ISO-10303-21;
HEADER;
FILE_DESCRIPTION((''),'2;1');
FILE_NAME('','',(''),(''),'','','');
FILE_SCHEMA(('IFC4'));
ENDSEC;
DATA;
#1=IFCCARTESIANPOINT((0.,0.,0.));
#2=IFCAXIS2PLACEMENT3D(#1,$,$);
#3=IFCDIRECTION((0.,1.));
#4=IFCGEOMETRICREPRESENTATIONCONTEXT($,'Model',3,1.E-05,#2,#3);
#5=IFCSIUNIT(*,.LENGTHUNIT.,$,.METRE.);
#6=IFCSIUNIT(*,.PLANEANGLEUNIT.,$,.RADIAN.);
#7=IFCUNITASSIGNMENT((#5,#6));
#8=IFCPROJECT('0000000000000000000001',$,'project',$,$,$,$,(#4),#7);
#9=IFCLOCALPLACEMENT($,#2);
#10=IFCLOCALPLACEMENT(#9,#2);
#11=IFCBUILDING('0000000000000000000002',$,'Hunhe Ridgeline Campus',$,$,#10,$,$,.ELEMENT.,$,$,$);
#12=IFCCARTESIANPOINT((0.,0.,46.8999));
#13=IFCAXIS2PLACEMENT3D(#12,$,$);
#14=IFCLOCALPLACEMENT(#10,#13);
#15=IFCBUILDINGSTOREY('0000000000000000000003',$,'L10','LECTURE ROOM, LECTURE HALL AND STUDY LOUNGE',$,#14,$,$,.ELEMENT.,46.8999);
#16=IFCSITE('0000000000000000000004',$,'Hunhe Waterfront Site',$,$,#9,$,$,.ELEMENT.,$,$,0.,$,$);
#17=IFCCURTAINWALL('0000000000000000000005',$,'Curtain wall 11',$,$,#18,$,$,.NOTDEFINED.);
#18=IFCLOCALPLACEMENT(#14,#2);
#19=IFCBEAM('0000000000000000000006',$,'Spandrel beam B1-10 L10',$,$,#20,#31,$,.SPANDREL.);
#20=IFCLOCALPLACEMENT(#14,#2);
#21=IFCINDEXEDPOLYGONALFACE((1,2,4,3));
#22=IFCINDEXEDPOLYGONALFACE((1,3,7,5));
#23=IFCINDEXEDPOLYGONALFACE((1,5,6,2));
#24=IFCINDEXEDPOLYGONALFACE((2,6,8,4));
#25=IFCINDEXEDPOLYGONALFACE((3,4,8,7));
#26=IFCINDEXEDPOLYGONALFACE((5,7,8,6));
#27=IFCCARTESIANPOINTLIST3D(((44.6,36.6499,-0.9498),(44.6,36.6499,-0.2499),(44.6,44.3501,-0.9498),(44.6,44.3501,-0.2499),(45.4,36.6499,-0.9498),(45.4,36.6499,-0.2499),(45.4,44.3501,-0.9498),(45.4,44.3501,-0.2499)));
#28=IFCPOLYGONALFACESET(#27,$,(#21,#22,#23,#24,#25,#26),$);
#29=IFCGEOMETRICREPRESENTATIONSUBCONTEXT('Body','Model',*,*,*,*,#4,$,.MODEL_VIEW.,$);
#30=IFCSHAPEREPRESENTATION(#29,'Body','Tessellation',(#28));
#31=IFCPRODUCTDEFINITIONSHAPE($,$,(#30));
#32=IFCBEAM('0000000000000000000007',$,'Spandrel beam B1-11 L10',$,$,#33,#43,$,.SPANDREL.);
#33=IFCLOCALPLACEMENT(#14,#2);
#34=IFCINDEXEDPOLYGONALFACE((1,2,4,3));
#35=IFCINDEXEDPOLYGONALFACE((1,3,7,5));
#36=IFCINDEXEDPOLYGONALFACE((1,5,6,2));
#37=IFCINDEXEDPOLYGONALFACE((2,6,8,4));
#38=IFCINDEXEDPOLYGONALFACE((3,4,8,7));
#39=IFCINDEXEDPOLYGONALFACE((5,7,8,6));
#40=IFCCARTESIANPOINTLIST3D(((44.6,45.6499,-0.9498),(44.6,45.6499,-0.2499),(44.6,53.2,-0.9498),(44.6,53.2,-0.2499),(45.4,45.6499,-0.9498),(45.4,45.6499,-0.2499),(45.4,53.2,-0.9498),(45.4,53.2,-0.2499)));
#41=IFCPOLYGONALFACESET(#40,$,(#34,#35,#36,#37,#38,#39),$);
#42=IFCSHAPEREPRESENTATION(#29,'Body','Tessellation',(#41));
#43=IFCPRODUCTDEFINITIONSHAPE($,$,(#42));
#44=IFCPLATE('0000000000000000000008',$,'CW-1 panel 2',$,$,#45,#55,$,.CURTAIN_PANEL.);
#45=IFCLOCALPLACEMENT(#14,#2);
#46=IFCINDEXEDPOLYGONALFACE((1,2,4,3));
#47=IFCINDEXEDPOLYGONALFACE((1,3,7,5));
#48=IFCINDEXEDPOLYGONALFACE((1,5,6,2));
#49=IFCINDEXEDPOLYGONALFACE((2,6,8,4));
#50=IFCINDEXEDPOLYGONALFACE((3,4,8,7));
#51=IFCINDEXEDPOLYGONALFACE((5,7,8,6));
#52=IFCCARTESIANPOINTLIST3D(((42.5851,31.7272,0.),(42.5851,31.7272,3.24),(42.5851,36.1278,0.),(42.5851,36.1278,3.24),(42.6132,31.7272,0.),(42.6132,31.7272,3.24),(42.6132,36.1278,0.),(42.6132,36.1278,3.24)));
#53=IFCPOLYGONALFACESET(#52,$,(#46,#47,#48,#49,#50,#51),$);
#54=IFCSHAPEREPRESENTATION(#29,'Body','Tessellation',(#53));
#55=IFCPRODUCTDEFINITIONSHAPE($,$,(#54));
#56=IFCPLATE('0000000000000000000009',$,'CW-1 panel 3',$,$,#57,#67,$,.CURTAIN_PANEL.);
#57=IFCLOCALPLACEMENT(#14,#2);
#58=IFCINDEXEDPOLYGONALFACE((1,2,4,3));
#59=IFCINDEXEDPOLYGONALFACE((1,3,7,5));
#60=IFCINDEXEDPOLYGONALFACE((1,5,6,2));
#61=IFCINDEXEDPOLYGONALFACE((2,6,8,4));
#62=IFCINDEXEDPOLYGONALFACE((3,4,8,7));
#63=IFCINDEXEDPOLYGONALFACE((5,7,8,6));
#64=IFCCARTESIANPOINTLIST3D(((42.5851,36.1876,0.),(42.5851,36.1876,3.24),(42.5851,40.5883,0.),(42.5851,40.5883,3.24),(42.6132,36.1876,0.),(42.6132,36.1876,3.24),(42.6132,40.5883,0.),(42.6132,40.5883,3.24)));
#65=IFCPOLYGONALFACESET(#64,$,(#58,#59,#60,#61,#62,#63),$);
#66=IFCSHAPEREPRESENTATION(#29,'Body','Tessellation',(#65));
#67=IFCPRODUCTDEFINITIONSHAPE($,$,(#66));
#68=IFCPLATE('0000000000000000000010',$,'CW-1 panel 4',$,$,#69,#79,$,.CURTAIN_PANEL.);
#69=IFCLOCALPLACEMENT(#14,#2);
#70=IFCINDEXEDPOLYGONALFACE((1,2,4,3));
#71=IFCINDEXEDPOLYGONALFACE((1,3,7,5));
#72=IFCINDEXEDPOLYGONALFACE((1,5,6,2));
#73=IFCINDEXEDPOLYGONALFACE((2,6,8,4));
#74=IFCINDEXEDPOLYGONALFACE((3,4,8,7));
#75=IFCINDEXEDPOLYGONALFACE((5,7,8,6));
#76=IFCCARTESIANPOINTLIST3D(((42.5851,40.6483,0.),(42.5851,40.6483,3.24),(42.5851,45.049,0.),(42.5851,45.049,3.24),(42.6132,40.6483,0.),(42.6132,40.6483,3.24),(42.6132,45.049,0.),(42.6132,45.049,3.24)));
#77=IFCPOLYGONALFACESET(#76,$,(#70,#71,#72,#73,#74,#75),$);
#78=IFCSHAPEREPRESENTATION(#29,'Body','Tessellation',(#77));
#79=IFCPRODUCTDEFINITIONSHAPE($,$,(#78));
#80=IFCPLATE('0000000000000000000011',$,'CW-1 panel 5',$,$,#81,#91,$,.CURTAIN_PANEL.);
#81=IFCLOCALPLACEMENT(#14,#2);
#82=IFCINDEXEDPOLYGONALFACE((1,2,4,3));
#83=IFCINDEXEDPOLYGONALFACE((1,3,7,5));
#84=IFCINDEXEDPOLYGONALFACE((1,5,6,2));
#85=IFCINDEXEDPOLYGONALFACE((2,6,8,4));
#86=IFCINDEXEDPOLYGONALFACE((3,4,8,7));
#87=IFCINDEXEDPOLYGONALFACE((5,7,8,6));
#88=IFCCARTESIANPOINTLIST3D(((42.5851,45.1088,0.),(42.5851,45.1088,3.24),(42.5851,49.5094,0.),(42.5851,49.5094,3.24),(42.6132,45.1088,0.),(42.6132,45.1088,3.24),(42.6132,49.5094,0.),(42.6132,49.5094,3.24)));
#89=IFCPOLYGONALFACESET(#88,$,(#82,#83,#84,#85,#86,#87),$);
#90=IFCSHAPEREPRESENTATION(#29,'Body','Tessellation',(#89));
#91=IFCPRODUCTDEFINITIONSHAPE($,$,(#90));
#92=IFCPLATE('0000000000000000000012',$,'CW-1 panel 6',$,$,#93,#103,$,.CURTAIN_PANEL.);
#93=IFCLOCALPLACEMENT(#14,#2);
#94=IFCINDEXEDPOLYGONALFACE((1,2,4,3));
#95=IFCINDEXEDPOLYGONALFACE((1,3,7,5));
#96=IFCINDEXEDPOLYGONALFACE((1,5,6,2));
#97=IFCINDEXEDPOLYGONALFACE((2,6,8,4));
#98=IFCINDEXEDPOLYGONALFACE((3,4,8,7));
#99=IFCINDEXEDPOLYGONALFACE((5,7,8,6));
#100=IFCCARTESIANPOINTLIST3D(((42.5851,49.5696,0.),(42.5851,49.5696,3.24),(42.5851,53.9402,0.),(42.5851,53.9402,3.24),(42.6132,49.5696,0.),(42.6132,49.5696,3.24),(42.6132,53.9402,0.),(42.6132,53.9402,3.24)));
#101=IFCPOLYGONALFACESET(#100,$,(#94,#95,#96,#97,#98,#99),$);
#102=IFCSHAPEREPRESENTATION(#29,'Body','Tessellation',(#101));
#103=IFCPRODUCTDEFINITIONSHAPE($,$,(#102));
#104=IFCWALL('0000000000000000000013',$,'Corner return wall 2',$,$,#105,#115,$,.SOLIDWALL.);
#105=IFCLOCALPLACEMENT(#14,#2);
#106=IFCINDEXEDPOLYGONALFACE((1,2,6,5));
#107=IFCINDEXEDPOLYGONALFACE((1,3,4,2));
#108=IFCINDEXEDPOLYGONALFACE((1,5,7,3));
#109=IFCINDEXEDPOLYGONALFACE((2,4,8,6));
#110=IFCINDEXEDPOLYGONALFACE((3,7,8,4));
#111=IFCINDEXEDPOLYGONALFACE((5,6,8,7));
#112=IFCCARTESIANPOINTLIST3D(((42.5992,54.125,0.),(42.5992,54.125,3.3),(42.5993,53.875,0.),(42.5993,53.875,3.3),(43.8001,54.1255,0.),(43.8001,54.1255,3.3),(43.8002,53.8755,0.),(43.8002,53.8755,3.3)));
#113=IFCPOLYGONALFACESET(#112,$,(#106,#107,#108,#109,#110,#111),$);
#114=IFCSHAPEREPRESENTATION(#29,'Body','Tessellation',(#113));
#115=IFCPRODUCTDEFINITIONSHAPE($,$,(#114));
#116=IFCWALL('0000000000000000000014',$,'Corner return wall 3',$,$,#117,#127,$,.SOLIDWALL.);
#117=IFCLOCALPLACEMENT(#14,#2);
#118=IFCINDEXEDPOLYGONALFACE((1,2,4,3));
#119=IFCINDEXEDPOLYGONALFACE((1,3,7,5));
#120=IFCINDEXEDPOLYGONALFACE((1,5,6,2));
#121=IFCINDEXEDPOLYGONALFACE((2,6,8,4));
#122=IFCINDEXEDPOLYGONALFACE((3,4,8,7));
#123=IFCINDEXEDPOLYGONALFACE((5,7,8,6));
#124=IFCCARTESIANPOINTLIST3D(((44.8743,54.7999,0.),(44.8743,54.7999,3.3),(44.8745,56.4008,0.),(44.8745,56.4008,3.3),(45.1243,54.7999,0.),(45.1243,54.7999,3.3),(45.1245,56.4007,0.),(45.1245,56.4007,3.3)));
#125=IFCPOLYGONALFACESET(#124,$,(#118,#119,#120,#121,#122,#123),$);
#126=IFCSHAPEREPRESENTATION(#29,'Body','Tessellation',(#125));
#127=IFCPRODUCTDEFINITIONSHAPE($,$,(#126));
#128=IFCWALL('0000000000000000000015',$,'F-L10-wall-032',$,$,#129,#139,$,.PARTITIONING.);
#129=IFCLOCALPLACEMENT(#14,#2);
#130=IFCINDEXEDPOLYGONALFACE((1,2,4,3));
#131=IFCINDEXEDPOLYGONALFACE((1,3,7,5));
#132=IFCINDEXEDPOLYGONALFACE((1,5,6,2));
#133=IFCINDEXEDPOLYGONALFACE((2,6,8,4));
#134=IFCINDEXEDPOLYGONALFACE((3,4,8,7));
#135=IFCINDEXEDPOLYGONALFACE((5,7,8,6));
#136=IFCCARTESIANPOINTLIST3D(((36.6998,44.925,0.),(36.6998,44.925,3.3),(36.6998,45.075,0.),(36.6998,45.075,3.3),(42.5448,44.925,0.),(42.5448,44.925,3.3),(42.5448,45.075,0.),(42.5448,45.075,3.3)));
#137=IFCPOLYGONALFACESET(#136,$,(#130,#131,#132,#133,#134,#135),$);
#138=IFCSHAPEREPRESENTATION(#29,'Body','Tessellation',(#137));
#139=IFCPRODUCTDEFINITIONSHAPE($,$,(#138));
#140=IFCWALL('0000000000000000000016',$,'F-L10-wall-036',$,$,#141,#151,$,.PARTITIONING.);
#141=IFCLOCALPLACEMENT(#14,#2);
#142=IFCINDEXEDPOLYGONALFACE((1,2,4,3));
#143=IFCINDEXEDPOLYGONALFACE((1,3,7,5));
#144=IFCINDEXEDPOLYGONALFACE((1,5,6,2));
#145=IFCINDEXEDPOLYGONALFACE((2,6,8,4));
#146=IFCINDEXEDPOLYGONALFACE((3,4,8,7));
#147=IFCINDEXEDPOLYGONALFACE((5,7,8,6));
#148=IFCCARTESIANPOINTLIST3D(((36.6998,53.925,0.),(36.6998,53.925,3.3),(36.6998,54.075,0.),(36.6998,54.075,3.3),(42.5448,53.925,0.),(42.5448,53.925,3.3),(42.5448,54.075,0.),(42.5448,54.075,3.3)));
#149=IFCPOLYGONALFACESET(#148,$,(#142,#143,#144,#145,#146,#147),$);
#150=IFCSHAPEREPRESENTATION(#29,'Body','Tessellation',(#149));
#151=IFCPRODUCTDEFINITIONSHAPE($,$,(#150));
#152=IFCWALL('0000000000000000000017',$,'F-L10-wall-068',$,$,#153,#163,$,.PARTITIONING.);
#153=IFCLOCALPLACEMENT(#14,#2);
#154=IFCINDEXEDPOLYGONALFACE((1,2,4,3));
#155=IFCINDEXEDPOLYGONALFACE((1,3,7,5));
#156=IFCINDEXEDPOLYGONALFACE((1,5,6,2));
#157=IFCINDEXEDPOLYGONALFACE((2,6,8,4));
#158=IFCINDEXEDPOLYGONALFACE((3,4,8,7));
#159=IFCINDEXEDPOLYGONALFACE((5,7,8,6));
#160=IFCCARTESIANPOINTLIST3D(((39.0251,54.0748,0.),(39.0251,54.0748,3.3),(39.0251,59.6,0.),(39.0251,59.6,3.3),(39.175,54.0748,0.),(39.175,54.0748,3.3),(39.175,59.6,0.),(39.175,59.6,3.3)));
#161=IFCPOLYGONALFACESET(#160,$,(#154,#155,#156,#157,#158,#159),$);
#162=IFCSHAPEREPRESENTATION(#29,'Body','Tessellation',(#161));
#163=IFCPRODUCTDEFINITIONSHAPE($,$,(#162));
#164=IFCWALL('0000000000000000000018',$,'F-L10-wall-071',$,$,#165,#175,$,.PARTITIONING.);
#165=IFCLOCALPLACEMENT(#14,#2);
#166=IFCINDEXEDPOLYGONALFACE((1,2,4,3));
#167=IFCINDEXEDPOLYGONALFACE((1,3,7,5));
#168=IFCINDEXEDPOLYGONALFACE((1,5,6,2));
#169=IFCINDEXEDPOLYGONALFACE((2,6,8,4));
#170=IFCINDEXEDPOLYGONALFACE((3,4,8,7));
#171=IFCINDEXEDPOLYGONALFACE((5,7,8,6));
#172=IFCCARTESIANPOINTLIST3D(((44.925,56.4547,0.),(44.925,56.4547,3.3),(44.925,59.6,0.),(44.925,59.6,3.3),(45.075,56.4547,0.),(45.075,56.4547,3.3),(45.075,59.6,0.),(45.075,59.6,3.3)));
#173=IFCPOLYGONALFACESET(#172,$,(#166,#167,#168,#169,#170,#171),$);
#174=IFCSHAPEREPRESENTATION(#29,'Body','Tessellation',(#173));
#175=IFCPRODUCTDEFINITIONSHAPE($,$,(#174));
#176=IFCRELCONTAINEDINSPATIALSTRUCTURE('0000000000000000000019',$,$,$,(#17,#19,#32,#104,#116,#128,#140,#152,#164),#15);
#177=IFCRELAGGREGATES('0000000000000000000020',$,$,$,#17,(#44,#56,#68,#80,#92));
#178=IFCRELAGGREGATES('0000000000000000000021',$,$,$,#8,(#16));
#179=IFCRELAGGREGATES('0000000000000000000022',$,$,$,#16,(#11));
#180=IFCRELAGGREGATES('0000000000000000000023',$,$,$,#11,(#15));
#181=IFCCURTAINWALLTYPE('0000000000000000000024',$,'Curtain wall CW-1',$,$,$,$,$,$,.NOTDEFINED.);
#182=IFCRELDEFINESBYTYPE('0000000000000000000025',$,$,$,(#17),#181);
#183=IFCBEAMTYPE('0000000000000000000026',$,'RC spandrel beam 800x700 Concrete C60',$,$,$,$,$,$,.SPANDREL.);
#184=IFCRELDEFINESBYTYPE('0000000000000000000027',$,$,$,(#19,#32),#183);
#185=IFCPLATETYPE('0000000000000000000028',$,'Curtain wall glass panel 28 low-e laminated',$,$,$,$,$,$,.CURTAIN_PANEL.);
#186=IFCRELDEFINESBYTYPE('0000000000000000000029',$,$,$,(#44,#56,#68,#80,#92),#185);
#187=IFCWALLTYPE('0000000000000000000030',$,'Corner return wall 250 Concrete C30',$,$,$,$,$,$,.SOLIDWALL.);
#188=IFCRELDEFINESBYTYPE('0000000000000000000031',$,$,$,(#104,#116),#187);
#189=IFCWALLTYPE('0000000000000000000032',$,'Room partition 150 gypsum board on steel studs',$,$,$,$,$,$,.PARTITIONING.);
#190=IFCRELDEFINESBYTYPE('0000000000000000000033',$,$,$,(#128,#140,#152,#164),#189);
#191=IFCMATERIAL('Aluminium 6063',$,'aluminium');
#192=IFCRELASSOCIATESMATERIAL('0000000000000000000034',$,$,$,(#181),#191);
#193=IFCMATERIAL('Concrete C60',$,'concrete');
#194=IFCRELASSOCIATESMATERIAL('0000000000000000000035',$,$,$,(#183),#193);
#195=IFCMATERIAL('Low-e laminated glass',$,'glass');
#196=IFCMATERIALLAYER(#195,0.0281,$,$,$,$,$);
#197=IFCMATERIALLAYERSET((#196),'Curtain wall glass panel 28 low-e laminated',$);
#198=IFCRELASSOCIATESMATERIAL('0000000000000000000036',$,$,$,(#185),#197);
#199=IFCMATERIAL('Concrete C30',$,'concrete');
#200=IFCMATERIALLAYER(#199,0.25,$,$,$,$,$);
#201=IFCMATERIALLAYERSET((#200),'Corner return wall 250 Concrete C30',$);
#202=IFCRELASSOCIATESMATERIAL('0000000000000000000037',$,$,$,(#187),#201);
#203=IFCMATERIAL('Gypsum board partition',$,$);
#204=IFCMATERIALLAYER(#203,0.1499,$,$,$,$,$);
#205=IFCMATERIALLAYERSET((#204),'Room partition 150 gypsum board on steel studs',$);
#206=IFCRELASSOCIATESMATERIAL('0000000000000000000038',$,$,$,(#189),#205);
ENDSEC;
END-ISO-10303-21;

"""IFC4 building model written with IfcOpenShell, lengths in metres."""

from ifc_helpers import new_model, si_unit, direction, frame, frame_2d, origin, origin_2d, place, context, subcontext, project, spatial, rectangle, extrude, material, layer, layer_set, material_profile, profile_set, type_object, element, aggregate, save


model = new_model("IFC4")

# Units and contexts
model_context = context("Model", 3, precision=1e-05, world=origin(), true_north=direction((0.0, 1.0)))
body_context = subcontext(model_context, "Body", "Model", "MODEL_VIEW")
ifc_project = project(units=[si_unit("LENGTHUNIT", "METRE"), si_unit("PLANEANGLEUNIT", "RADIAN")], contexts=[model_context])

# Site, building, storey
site_placement = place(None, origin())
site = spatial("IfcSite", under=ifc_project, at=site_placement, Name="Hunhe Waterfront Site", CompositionType="ELEMENT", RefElevation=0.0)
building_placement = place(site_placement, origin())
building = spatial("IfcBuilding", under=site, at=building_placement, Name="Hunhe Ridgeline Campus", CompositionType="ELEMENT")
storey_placement = place(building_placement, frame((0.0, 0.0, 46.8999)))
storey = spatial("IfcBuildingStorey", under=building, at=storey_placement, Name="L10", Description="LECTURE ROOM, LECTURE HALL AND STUDY LOUNGE", CompositionType="ELEMENT", Elevation=46.8999)

# Curtain wall
ifc_material_1 = material(Name="Aluminium 6063", Category="aluminium")
curtain_wall_type = type_object("IfcCurtainWallType", Name="Curtain wall CW-1", PredefinedType="NOTDEFINED", material=ifc_material_1)
curtain_wall_1_placement = place(storey_placement, origin())
curtain_wall_1 = element("IfcCurtainWall", 1, at=curtain_wall_1_placement, inside=storey, type_object=curtain_wall_type, Name="Curtain wall 11", PredefinedType="NOTDEFINED")

# Beams
ifc_material_2 = material(Name="Concrete C60", Category="concrete")
ifc_material_profile_1 = material_profile(ifc_material_2, rectangle(XDim=0.8, YDim=0.7, at=origin_2d()))
ifc_profile_set_1 = profile_set([ifc_material_profile_1], Name="Concrete C60")
beam_type = type_object("IfcBeamType", Name="RC spandrel beam 800x700 Concrete C60", PredefinedType="SPANDREL", material=ifc_profile_set_1)
beam_1_placement = place(storey_placement, frame((45.0, 36.6499, -0.5999), z_axis=(0.0, 1.0, 0.0), x_axis=(-1.0, 0.0, 0.0)))
element("IfcBeam", 2, at=beam_1_placement, inside=storey, type_object=beam_type, Name="Spandrel beam B1-10 L10", PredefinedType="SPANDREL", context=body_context, shape_type="SweptSolid", body=[
    extrude(rectangle(XDim=0.8, YDim=0.7, at=origin_2d()), origin(), (0.0, 0.0, 1.0), 7.7002),
])
beam_2_placement = place(storey_placement, frame((45.0, 45.6499, -0.5999), z_axis=(0.0, 1.0, 0.0), x_axis=(-1.0, 0.0, 0.0)))
element("IfcBeam", 3, at=beam_2_placement, inside=storey, type_object=beam_type, Name="Spandrel beam B1-11 L10", PredefinedType="SPANDREL", context=body_context, shape_type="SweptSolid", body=[
    extrude(rectangle(XDim=0.8, YDim=0.7, at=origin_2d()), origin(), (0.0, 0.0, 1.0), 7.55),
])

# Plates
ifc_material_3 = material(Name="Low-e laminated glass", Category="glass")
ifc_layer_1 = layer(ifc_material_3, 0.0281)
ifc_layer_set_1 = layer_set([ifc_layer_1], Name="Curtain wall glass panel 28 low-e laminated")
plate_type = type_object("IfcPlateType", Name="Curtain wall glass panel 28 low-e laminated", PredefinedType="CURTAIN_PANEL", material=ifc_layer_set_1)
plate_1_placement = place(storey_placement, frame((42.5991, 33.9275, 0.0), z_axis=(0.0, 0.0, 1.0), x_axis=(0.0, 1.0, 0.0)))
plate_1 = element("IfcPlate", 4, at=plate_1_placement, type_object=plate_type, Name="CW-1 panel 2", PredefinedType="CURTAIN_PANEL", context=body_context, shape_type="SweptSolid", body=[
    extrude(rectangle(XDim=4.4006, YDim=0.0281, at=origin_2d()), origin(), (0.0, 0.0, 1.0), 3.24),
])
plate_2_placement = place(storey_placement, frame((42.5991, 38.3879, 0.0), z_axis=(0.0, 0.0, 1.0), x_axis=(0.0, 1.0, 0.0)))
plate_2 = element("IfcPlate", 5, at=plate_2_placement, type_object=plate_type, Name="CW-1 panel 3", PredefinedType="CURTAIN_PANEL", context=body_context, shape_type="SweptSolid", body=[
    extrude(rectangle(XDim=4.4006, YDim=0.0281, at=origin_2d()), origin(), (0.0, 0.0, 1.0), 3.24),
])
plate_3_placement = place(storey_placement, frame((42.5991, 42.8486, 0.0), z_axis=(0.0, 0.0, 1.0), x_axis=(0.0, 1.0, 0.0)))
plate_3 = element("IfcPlate", 6, at=plate_3_placement, type_object=plate_type, Name="CW-1 panel 4", PredefinedType="CURTAIN_PANEL", context=body_context, shape_type="SweptSolid", body=[
    extrude(rectangle(XDim=4.4006, YDim=0.0281, at=origin_2d()), origin(), (0.0, 0.0, 1.0), 3.24),
])
plate_4_placement = place(storey_placement, frame((42.5991, 47.3091, 0.0), z_axis=(0.0, 0.0, 1.0), x_axis=(0.0, 1.0, 0.0)))
plate_4 = element("IfcPlate", 7, at=plate_4_placement, type_object=plate_type, Name="CW-1 panel 5", PredefinedType="CURTAIN_PANEL", context=body_context, shape_type="SweptSolid", body=[
    extrude(rectangle(XDim=4.4006, YDim=0.0281, at=origin_2d()), origin(), (0.0, 0.0, 1.0), 3.24),
])
plate_5_placement = place(storey_placement, frame((42.5991, 51.7549, 0.0), z_axis=(0.0, 0.0, 1.0), x_axis=(0.0, 1.0, 0.0)))
plate_5 = element("IfcPlate", 8, at=plate_5_placement, type_object=plate_type, Name="CW-1 panel 6", PredefinedType="CURTAIN_PANEL", context=body_context, shape_type="SweptSolid", body=[
    extrude(rectangle(XDim=4.3706, YDim=0.0281, at=origin_2d()), origin(), (0.0, 0.0, 1.0), 3.24),
])
aggregate(curtain_wall_1, [plate_1, plate_2, plate_3, plate_4, plate_5])

# Walls
ifc_material_4 = material(Name="Concrete C30", Category="concrete")
ifc_layer_2 = layer(ifc_material_4, 0.25)
ifc_layer_set_2 = layer_set([ifc_layer_2], Name="Corner return wall 250 Concrete C30")
wall_type_1 = type_object("IfcWallType", Name="Corner return wall 250 Concrete C30", PredefinedType="SOLIDWALL", material=ifc_layer_set_2)
wall_1_placement = place(storey_placement, frame((42.5991, 54.0, 0.0), z_axis=(0.0, 0.0, 1.0), x_axis=(1.0, 0.000407, 0.0)))
element("IfcWall", 9, at=wall_1_placement, inside=storey, type_object=wall_type_1, Name="Corner return wall 2", PredefinedType="SOLIDWALL", context=body_context, shape_type="SweptSolid", body=[
    extrude(rectangle(XDim=1.2009, YDim=0.25, at=frame_2d((0.6006, 0.0))), origin(), (0.0, 0.0, 1.0), 3.3),
])
wall_2_placement = place(storey_placement, frame((44.9993, 54.8, 0.0), z_axis=(0.0, 0.0, 1.0), x_axis=(0.000153, 1.0, 0.0)))
element("IfcWall", 10, at=wall_2_placement, inside=storey, type_object=wall_type_1, Name="Corner return wall 3", PredefinedType="SOLIDWALL", context=body_context, shape_type="SweptSolid", body=[
    extrude(rectangle(XDim=1.6008, YDim=0.25, at=frame_2d((0.8003, 0.0))), origin(), (0.0, 0.0, 1.0), 3.3),
])
ifc_material_5 = material(Name="Gypsum board partition")
ifc_layer_3 = layer(ifc_material_5, 0.1499)
ifc_layer_set_3 = layer_set([ifc_layer_3], Name="Room partition 150 gypsum board on steel studs")
wall_type_2 = type_object("IfcWallType", Name="Room partition 150 gypsum board on steel studs", PredefinedType="PARTITIONING", material=ifc_layer_set_3)
for number, where, z_axis, x_axis, name in (
    (11, (36.7, 45.0, 0.0), (0.0, 0.0, 1.0), (1.0, 0.0, 0.0), "F-L10-wall-032"),
    (12, (36.7, 54.0, 0.0), (0.0, 0.0, 1.0), (1.0, 0.0, 0.0), "F-L10-wall-036"),
):
    element("IfcWall", number, at=place(storey_placement, frame(where, z_axis=z_axis, x_axis=x_axis)), inside=storey, type_object=wall_type_2, Name=name, PredefinedType="PARTITIONING", context=body_context, shape_type="SweptSolid", body=[
        extrude(rectangle(XDim=5.845, YDim=0.1499, at=frame_2d((2.9224, 0.0))), origin(), (0.0, 0.0, 1.0), 3.3),
    ])
wall_3_placement = place(storey_placement, frame((39.1001, 59.6001, 0.0), z_axis=(0.0, 0.0, 1.0), x_axis=(0.0, -1.0, 0.0)))
element("IfcWall", 13, at=wall_3_placement, inside=storey, type_object=wall_type_2, Name="F-L10-wall-068", PredefinedType="PARTITIONING", context=body_context, shape_type="SweptSolid", body=[
    extrude(rectangle(XDim=5.5251, YDim=0.1499, at=frame_2d((2.7627, 0.0))), origin(), (0.0, 0.0, 1.0), 3.3),
])
wall_4_placement = place(storey_placement, frame((45.0, 59.6001, 0.0), z_axis=(0.0, 0.0, 1.0), x_axis=(0.0, -1.0, 0.0)))
element("IfcWall", 14, at=wall_4_placement, inside=storey, type_object=wall_type_2, Name="F-L10-wall-071", PredefinedType="PARTITIONING", context=body_context, shape_type="SweptSolid", body=[
    extrude(rectangle(XDim=3.1453, YDim=0.1499, at=frame_2d((1.5728, 0.0))), origin(), (0.0, 0.0, 1.0), 3.3),
])

save(model, "model.ifc")
